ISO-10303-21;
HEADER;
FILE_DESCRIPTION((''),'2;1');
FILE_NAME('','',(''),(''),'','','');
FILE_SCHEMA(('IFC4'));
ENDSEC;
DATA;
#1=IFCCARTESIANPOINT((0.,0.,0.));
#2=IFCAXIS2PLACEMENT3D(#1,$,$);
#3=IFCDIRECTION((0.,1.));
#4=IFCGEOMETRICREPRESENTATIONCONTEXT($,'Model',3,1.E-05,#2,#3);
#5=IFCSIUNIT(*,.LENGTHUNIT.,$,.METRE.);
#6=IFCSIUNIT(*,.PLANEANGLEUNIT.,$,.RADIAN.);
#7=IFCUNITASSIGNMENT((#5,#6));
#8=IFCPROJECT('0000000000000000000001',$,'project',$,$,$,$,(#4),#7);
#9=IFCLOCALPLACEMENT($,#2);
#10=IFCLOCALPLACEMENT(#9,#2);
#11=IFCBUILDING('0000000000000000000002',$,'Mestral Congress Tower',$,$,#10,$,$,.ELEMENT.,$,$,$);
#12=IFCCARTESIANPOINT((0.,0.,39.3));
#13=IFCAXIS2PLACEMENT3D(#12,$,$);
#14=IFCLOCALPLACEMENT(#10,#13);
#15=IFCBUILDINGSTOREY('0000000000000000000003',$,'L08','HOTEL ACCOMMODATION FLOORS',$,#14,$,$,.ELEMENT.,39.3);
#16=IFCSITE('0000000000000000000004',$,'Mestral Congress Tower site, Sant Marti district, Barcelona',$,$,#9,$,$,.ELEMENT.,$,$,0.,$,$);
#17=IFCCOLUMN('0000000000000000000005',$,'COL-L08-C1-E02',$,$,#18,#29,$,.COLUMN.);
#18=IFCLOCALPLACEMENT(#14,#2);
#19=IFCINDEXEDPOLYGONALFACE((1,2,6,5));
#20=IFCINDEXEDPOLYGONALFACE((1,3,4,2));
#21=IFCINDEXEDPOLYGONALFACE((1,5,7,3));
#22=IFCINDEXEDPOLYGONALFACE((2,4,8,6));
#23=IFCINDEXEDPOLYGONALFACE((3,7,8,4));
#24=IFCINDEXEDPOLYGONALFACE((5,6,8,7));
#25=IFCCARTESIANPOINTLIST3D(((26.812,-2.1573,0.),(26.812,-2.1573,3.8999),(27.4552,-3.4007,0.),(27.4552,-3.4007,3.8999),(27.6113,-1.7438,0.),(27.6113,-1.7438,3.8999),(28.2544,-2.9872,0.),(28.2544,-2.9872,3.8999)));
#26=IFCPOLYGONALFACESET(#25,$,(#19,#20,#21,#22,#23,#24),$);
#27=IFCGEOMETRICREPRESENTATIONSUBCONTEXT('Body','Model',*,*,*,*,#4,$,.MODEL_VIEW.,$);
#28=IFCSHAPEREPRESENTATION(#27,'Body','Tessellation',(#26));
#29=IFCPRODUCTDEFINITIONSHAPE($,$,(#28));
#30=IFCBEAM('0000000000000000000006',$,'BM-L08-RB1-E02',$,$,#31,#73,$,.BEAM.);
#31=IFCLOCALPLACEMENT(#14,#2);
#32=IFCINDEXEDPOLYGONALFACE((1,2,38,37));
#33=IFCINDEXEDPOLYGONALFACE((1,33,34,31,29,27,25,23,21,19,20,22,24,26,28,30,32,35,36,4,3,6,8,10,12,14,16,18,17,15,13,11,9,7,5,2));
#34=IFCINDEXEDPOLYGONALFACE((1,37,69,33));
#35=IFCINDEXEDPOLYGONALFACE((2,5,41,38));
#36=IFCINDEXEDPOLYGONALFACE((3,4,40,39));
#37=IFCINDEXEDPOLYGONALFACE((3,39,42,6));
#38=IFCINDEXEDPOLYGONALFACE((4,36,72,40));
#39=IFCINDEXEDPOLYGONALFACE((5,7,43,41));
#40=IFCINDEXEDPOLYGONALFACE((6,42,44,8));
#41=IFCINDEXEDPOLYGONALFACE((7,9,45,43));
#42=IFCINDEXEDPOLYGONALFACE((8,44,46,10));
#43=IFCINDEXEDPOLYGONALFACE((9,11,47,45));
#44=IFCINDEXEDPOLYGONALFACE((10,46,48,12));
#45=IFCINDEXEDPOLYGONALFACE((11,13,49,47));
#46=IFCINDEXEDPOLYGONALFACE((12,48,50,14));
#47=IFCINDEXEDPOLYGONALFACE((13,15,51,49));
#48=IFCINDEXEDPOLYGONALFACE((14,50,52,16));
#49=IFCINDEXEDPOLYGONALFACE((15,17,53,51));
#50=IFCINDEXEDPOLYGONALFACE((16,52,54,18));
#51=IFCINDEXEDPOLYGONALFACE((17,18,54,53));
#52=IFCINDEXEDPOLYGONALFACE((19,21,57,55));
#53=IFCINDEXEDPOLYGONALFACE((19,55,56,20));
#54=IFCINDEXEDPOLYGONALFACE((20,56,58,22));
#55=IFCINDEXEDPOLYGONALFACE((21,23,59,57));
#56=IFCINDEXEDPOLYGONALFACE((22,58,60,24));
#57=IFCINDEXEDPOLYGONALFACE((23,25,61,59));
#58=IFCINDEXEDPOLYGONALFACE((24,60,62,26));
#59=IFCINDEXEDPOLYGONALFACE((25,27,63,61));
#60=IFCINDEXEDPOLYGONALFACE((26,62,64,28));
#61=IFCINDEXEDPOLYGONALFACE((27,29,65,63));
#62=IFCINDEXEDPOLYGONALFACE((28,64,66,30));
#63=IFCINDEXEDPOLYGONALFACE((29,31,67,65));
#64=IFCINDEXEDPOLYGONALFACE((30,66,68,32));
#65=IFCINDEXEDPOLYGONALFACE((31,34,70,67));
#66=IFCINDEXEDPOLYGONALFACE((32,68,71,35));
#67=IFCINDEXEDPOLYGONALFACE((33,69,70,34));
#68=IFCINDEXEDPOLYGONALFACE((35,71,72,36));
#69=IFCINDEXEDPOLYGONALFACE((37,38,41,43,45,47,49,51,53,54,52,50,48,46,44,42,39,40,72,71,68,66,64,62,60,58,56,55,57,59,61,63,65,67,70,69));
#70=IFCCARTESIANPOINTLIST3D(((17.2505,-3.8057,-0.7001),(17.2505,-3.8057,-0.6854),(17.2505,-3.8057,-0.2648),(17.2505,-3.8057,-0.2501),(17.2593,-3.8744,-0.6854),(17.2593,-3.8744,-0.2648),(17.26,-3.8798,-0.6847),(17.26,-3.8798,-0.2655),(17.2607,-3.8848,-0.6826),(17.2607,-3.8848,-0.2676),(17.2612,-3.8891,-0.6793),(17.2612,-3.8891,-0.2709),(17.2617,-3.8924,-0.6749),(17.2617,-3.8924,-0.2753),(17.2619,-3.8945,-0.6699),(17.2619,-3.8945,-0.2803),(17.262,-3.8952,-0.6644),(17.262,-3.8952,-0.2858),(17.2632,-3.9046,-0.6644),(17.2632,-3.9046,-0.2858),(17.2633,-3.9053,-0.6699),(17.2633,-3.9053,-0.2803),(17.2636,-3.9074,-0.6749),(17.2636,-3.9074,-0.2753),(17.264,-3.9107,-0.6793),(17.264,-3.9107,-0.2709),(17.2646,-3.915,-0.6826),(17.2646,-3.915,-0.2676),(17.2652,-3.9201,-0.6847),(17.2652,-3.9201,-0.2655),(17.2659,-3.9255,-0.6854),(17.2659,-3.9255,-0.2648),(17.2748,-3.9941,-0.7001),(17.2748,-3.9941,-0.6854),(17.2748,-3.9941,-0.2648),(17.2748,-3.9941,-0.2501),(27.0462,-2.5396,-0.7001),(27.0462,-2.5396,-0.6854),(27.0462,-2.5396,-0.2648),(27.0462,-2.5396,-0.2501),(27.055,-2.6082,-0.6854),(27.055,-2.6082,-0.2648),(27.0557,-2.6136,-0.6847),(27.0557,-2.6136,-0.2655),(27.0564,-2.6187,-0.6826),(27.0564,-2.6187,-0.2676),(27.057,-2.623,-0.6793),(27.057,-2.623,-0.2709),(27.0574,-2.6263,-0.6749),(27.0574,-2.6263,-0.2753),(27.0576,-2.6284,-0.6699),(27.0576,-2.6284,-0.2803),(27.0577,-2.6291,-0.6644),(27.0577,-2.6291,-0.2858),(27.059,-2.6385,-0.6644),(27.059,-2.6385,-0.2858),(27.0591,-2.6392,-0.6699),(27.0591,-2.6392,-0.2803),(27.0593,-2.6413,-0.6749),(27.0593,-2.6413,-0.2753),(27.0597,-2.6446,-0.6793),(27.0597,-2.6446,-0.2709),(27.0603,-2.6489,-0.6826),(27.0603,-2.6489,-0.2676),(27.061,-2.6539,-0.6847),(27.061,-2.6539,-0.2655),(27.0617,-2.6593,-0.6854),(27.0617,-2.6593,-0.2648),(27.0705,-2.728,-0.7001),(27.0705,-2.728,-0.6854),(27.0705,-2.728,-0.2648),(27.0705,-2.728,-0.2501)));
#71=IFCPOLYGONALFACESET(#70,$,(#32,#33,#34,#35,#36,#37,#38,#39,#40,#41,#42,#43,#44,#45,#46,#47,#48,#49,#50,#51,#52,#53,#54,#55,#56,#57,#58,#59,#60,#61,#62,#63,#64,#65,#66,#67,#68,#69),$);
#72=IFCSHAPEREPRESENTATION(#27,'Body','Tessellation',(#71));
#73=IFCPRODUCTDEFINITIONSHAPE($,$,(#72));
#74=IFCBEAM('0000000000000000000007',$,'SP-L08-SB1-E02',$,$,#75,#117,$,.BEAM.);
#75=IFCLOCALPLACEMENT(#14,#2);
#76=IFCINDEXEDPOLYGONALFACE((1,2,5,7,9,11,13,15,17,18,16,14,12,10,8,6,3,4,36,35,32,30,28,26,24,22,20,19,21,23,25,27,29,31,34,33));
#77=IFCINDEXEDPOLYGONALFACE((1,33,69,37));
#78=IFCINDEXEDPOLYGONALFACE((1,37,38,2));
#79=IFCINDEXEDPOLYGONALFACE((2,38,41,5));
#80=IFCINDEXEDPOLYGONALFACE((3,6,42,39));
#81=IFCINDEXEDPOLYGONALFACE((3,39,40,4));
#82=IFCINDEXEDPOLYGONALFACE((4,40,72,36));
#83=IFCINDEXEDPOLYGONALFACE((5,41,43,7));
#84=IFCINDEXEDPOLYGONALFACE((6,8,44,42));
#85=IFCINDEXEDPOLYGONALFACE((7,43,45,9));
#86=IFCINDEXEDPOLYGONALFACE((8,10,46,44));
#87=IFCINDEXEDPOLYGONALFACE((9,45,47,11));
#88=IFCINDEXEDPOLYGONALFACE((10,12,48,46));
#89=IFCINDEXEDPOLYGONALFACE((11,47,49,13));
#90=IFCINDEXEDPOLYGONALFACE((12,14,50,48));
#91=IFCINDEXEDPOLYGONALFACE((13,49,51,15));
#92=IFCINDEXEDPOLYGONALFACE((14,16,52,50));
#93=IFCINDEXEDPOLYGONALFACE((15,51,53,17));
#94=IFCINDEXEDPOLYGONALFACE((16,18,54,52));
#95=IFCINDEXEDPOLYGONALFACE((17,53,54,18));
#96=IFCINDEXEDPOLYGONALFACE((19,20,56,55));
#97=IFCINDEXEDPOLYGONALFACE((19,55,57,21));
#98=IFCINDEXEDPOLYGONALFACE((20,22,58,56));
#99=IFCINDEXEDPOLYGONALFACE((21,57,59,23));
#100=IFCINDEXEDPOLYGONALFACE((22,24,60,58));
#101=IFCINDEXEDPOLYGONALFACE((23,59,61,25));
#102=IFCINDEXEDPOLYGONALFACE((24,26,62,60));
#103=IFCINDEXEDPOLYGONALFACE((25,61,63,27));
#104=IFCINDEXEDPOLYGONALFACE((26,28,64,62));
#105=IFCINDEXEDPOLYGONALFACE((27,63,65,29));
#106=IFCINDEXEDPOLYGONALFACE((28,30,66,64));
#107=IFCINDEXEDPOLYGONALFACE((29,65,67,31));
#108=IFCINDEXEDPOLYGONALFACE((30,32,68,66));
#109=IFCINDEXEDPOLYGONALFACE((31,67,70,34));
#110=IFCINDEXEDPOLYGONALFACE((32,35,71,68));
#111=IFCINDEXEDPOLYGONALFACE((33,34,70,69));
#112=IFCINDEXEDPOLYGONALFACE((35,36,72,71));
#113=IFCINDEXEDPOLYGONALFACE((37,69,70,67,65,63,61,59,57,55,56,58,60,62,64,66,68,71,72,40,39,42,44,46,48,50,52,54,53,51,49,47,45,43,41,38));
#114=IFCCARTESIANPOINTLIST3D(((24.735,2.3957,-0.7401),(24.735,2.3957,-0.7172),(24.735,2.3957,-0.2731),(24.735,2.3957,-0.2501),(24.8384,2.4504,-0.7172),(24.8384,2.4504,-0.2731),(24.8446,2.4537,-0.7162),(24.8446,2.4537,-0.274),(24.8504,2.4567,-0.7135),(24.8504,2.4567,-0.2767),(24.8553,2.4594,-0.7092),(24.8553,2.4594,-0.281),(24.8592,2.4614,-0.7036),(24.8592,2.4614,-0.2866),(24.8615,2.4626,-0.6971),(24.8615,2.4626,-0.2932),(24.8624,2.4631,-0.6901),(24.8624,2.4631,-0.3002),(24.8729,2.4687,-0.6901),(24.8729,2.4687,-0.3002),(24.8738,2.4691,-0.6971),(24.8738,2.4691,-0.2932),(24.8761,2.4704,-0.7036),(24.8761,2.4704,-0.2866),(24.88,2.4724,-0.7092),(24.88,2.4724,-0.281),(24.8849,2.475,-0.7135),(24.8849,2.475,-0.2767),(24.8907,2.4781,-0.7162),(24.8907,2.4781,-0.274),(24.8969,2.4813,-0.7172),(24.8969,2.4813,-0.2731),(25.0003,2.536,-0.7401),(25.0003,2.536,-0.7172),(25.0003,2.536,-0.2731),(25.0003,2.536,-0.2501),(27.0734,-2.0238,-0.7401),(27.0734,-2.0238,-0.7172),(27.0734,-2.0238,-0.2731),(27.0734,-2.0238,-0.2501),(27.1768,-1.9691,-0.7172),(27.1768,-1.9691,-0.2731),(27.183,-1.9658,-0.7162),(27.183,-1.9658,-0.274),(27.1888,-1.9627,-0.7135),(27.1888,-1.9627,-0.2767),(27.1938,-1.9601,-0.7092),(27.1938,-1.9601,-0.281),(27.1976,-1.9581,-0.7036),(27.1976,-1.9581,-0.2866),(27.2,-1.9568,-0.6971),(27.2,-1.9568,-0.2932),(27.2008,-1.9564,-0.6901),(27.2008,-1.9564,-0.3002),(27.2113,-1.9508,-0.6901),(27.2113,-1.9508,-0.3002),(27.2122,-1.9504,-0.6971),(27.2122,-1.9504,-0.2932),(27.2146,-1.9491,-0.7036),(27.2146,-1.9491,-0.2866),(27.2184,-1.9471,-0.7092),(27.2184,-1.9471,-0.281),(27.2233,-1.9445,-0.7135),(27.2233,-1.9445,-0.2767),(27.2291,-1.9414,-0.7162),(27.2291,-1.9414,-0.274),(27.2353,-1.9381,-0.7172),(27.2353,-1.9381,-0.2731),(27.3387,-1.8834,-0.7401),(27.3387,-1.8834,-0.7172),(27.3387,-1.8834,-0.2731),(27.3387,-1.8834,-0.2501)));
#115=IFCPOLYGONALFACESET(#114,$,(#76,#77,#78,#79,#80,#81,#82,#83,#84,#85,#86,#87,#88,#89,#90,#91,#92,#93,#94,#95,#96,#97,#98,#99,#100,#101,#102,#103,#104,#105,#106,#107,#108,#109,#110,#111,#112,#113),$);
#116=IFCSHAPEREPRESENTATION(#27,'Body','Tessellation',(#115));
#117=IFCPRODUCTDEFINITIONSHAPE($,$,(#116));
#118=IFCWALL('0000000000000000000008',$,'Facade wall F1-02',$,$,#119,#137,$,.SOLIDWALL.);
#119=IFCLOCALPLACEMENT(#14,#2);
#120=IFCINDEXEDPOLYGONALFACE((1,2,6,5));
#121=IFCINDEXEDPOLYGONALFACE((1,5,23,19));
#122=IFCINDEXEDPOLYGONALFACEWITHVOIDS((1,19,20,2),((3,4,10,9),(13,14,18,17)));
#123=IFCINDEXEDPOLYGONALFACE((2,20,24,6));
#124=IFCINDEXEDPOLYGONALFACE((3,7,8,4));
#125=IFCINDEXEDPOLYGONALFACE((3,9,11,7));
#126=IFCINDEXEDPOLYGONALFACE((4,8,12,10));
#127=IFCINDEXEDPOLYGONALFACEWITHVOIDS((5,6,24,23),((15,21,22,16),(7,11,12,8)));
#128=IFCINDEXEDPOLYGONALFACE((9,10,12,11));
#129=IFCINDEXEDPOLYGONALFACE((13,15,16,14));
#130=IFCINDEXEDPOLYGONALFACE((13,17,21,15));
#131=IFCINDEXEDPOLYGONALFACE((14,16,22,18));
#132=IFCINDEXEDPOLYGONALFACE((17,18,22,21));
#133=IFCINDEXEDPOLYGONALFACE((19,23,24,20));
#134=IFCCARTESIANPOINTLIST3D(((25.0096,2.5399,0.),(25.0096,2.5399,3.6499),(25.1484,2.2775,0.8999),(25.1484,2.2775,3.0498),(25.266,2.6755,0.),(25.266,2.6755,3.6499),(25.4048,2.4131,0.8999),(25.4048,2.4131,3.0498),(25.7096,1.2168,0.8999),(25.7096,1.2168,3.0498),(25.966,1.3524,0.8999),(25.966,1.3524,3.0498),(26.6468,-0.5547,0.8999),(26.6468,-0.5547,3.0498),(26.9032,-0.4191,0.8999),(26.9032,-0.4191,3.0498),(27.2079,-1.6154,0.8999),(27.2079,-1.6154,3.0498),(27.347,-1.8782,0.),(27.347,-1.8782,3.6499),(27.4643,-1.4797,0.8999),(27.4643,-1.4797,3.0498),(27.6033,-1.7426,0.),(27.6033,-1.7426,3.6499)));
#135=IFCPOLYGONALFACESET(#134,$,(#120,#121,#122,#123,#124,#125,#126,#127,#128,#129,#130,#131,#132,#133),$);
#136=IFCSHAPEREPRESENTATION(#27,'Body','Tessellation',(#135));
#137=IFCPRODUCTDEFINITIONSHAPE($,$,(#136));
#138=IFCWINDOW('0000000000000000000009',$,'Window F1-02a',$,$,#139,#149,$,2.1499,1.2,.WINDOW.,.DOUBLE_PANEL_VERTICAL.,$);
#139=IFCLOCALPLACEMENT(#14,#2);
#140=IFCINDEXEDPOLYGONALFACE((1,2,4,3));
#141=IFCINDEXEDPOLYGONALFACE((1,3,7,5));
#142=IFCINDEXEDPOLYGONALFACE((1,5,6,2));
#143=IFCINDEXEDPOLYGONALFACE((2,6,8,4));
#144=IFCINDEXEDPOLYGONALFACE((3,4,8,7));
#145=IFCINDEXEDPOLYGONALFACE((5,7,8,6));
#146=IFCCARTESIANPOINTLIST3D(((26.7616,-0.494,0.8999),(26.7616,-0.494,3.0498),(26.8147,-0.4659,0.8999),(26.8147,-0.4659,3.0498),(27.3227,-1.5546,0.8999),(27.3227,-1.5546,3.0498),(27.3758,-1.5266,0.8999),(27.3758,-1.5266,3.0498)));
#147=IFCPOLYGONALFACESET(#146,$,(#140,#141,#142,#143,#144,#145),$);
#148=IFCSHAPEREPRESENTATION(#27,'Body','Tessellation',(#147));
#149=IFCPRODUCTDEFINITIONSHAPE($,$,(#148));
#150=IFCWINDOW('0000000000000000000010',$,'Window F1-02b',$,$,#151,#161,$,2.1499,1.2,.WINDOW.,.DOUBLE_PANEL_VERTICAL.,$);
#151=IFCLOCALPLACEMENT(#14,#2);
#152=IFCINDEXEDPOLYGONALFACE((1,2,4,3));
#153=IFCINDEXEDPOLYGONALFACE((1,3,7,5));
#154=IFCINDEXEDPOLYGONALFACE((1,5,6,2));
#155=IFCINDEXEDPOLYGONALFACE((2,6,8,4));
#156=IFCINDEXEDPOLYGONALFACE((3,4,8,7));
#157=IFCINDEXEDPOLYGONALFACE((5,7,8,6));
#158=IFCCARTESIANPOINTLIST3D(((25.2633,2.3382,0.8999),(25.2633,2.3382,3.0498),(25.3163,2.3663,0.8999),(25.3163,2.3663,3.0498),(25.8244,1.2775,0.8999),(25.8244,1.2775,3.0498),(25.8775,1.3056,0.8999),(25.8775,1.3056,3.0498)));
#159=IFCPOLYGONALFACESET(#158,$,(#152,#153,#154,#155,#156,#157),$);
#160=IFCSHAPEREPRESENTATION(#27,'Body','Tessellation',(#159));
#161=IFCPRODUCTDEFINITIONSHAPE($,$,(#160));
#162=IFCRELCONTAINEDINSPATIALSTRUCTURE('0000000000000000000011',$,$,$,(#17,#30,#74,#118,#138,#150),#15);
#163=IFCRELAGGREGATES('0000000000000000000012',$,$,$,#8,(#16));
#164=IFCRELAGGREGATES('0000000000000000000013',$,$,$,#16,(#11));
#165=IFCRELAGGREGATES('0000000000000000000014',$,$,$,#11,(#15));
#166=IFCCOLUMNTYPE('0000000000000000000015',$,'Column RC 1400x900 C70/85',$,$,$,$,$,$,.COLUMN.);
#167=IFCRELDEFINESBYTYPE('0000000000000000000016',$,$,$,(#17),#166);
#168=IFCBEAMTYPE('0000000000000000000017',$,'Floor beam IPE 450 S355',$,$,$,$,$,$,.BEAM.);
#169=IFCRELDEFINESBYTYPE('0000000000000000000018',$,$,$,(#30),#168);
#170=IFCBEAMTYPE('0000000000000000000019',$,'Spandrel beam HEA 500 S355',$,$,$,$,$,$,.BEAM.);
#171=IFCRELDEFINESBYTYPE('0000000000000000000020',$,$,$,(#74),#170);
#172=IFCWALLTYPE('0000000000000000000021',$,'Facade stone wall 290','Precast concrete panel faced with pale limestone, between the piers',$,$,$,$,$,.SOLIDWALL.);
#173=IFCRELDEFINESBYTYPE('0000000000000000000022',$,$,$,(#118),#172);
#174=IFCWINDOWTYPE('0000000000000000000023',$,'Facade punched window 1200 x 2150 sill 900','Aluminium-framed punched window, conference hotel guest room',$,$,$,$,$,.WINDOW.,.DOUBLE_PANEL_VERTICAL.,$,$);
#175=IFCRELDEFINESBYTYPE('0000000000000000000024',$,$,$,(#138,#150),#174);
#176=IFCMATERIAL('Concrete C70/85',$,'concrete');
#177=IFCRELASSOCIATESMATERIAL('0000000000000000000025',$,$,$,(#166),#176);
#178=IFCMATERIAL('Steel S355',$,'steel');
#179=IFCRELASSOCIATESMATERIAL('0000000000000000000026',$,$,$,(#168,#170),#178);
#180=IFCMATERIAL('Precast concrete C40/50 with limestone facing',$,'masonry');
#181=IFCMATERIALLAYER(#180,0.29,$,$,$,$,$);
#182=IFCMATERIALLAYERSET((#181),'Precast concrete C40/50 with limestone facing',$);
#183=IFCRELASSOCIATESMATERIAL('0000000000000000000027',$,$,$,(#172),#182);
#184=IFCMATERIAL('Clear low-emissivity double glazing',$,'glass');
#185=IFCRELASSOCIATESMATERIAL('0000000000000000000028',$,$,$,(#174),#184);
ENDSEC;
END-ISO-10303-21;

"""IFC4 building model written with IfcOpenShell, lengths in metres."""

from ifc_helpers import new_model, si_unit, direction, frame, frame_2d, origin, origin_2d, place, context, subcontext, project, spatial, rectangle, i_section, extrude, material, layer, layer_set, material_profile, profile_set, type_object, element, fill, save


model = new_model("IFC4")

# Units and contexts
model_context = context("Model", 3, precision=1e-05, world=origin(), true_north=direction((0.0, 1.0)))
body_context = subcontext(model_context, "Body", "Model", "MODEL_VIEW")
ifc_project = project(units=[si_unit("LENGTHUNIT", "METRE"), si_unit("PLANEANGLEUNIT", "RADIAN")], contexts=[model_context])

# Site, building, storey
site_placement = place(None, origin())
site = spatial("IfcSite", under=ifc_project, at=site_placement, Name="Mestral Congress Tower site, Sant Marti district, Barcelona", CompositionType="ELEMENT", RefElevation=0.0)
building_placement = place(site_placement, origin())
building = spatial("IfcBuilding", under=site, at=building_placement, Name="Mestral Congress Tower", CompositionType="ELEMENT")
storey_placement = place(building_placement, frame((0.0, 0.0, 39.3)))
storey = spatial("IfcBuildingStorey", under=building, at=storey_placement, Name="L08", Description="HOTEL ACCOMMODATION FLOORS", CompositionType="ELEMENT", Elevation=39.3)

# Column
ifc_material_1 = material(Name="Concrete C70/85", Category="concrete")
ifc_material_profile_1 = material_profile(ifc_material_1, rectangle(XDim=1.3999, YDim=0.8999, at=origin_2d()), Name="RC 1400x900")
ifc_profile_set_1 = profile_set([ifc_material_profile_1], Name="Concrete C70/85")
column_type = type_object("IfcColumnType", Name="Column RC 1400x900 C70/85", PredefinedType="COLUMN", material=ifc_profile_set_1)
column_placement = place(storey_placement, frame((27.5332, -2.5723, 0.0), z_axis=(0.0, 0.0, 1.0), x_axis=(-0.459456, 0.888201, 0.0)))
element("IfcColumn", 1, at=column_placement, inside=storey, type_object=column_type, Name="COL-L08-C1-E02", PredefinedType="COLUMN", context=body_context, shape_type="SweptSolid", body=[
    extrude(rectangle(XDim=1.3999, YDim=0.8999, at=origin_2d()), origin(), (0.0, 0.0, 1.0), 3.8999),
])

# Beams
ifc_material_2 = material(Name="Steel S355", Category="steel")
ifc_material_profile_2 = material_profile(ifc_material_2, i_section(OverallWidth=0.1899, OverallDepth=0.45, WebThickness=0.0095, FlangeThickness=0.0146, FilletRadius=0.021, at=origin_2d()), Name="IPE 450")
ifc_profile_set_2 = profile_set([ifc_material_profile_2], Name="Steel S355")
beam_type_1 = type_object("IfcBeamType", Name="Floor beam IPE 450 S355", PredefinedType="BEAM", material=ifc_profile_set_2)
beam_1_placement = place(storey_placement, frame((27.0583, -2.6338, -0.4751), z_axis=(-0.99175, -0.128186, 0.0), x_axis=(0.128186, -0.99175, 0.0)))
element("IfcBeam", 2, at=beam_1_placement, inside=storey, type_object=beam_type_1, Name="BM-L08-RB1-E02", PredefinedType="BEAM", context=body_context, shape_type="SweptSolid", body=[
    extrude(i_section(OverallWidth=0.1899, OverallDepth=0.45, WebThickness=0.0095, FlangeThickness=0.0146, FilletRadius=0.021, at=origin_2d()), origin(), (0.0, 0.0, 1.0), 9.8772),
])
ifc_material_profile_3 = material_profile(ifc_material_2, i_section(OverallWidth=0.3, OverallDepth=0.49, WebThickness=0.012, FlangeThickness=0.0229, FilletRadius=0.0271, at=origin_2d()), Name="HEA 500")
ifc_profile_set_3 = profile_set([ifc_material_profile_3], Name="Steel S355")
beam_type_2 = type_object("IfcBeamType", Name="Spandrel beam HEA 500 S355", PredefinedType="BEAM", material=ifc_profile_set_3)
beam_2_placement = place(storey_placement, frame((27.2061, -1.9536, -0.4951), z_axis=(-0.467681, 0.883897, 0.0), x_axis=(-0.883897, -0.467681, 0.0)))
element("IfcBeam", 3, at=beam_2_placement, inside=storey, type_object=beam_type_2, Name="SP-L08-SB1-E02", PredefinedType="BEAM", context=body_context, shape_type="SweptSolid", body=[
    extrude(i_section(OverallWidth=0.3, OverallDepth=0.49, WebThickness=0.012, FlangeThickness=0.0229, FilletRadius=0.0271, at=origin_2d()), origin(), (0.0, 0.0, 1.0), 5.0),
])

# Wall, openings, windows
ifc_material_3 = material(Name="Precast concrete C40/50 with limestone facing", Category="masonry")
ifc_layer_1 = layer(ifc_material_3, 0.29)
ifc_layer_set_1 = layer_set([ifc_layer_1], Name="Precast concrete C40/50 with limestone facing")
wall_type_1 = type_object("IfcWallType", Name="Facade stone wall 290", Description="Precast concrete panel faced with pale limestone, between the piers", PredefinedType="SOLIDWALL", material=ifc_layer_set_1)
wall_1_placement = place(storey_placement, frame((27.4751, -1.8103, 0.0), z_axis=(0.0, 0.0, 1.0), x_axis=(-0.46763, 0.883925, 0.0)))
wall_1 = element("IfcWall", 4, at=wall_1_placement, inside=storey, type_object=wall_type_1, Name="Facade wall F1-02", PredefinedType="SOLIDWALL", context=body_context, shape_type="SweptSolid", body=[
    extrude(rectangle(XDim=4.9983, YDim=0.29, at=frame_2d((2.499, 0.0))), origin(), (0.0, 0.0, 1.0), 3.6499),
])
opening_1_placement = place(wall_1_placement, frame((0.2971, 0.0, 0.8999)))
opening_1 = element("IfcOpeningElement", 5, at=opening_1_placement, cuts=wall_1, PredefinedType="OPENING", context=body_context, shape_type="SweptSolid", body=[
    extrude(rectangle(XDim=1.2, YDim=2.1499, at=frame_2d((0.6001, 1.075))), frame((0.0, 0.155, 0.0), z_axis=(0.0, -1.0, 0.0), x_axis=(1.0, 0.0, 0.0)), (0.0, 0.0, 1.0), 0.3101),
])
opening_2_placement = place(wall_1_placement, frame((3.5012, 0.0, 0.8999)))
opening_2 = element("IfcOpeningElement", 6, at=opening_2_placement, cuts=wall_1, PredefinedType="OPENING", context=body_context, shape_type="SweptSolid", body=[
    extrude(rectangle(XDim=1.2, YDim=2.1499, at=frame_2d((0.6001, 1.075))), frame((0.0, 0.155, 0.0), z_axis=(0.0, -1.0, 0.0), x_axis=(1.0, 0.0, 0.0)), (0.0, 0.0, 1.0), 0.3101),
])
ifc_material_4 = material(Name="Clear low-emissivity double glazing", Category="glass")
window_type = type_object("IfcWindowType", Name="Facade punched window 1200 x 2150 sill 900", Description="Aluminium-framed punched window, conference hotel guest room", PartitioningType="DOUBLE_PANEL_VERTICAL", PredefinedType="WINDOW", material=ifc_material_4)
window_1_placement = place(opening_1_placement, origin())
window_1 = element("IfcWindow", 7, at=window_1_placement, inside=storey, type_object=window_type, Name="Window F1-02a", OverallHeight=2.1499, OverallWidth=1.2, PartitioningType="DOUBLE_PANEL_VERTICAL", PredefinedType="WINDOW", context=body_context, shape_type="SweptSolid", body=[
    extrude(rectangle(XDim=1.2, YDim=2.1499, at=frame_2d((0.6001, 1.075))), frame((0.0, 0.0151, 0.0), z_axis=(0.0, -1.0, 0.0), x_axis=(1.0, 0.0, 0.0)), (0.0, 0.0, 1.0), 0.0601),
])
fill(opening_1, window_1)
window_2_placement = place(opening_2_placement, origin())
window_2 = element("IfcWindow", 8, at=window_2_placement, inside=storey, type_object=window_type, Name="Window F1-02b", OverallHeight=2.1499, OverallWidth=1.2, PartitioningType="DOUBLE_PANEL_VERTICAL", PredefinedType="WINDOW", context=body_context, shape_type="SweptSolid", body=[
    extrude(rectangle(XDim=1.2, YDim=2.1499, at=frame_2d((0.6001, 1.075))), frame((0.0, 0.0151, 0.0), z_axis=(0.0, -1.0, 0.0), x_axis=(1.0, 0.0, 0.0)), (0.0, 0.0, 1.0), 0.0601),
])
fill(opening_2, window_2)

save(model, "model.ifc")
